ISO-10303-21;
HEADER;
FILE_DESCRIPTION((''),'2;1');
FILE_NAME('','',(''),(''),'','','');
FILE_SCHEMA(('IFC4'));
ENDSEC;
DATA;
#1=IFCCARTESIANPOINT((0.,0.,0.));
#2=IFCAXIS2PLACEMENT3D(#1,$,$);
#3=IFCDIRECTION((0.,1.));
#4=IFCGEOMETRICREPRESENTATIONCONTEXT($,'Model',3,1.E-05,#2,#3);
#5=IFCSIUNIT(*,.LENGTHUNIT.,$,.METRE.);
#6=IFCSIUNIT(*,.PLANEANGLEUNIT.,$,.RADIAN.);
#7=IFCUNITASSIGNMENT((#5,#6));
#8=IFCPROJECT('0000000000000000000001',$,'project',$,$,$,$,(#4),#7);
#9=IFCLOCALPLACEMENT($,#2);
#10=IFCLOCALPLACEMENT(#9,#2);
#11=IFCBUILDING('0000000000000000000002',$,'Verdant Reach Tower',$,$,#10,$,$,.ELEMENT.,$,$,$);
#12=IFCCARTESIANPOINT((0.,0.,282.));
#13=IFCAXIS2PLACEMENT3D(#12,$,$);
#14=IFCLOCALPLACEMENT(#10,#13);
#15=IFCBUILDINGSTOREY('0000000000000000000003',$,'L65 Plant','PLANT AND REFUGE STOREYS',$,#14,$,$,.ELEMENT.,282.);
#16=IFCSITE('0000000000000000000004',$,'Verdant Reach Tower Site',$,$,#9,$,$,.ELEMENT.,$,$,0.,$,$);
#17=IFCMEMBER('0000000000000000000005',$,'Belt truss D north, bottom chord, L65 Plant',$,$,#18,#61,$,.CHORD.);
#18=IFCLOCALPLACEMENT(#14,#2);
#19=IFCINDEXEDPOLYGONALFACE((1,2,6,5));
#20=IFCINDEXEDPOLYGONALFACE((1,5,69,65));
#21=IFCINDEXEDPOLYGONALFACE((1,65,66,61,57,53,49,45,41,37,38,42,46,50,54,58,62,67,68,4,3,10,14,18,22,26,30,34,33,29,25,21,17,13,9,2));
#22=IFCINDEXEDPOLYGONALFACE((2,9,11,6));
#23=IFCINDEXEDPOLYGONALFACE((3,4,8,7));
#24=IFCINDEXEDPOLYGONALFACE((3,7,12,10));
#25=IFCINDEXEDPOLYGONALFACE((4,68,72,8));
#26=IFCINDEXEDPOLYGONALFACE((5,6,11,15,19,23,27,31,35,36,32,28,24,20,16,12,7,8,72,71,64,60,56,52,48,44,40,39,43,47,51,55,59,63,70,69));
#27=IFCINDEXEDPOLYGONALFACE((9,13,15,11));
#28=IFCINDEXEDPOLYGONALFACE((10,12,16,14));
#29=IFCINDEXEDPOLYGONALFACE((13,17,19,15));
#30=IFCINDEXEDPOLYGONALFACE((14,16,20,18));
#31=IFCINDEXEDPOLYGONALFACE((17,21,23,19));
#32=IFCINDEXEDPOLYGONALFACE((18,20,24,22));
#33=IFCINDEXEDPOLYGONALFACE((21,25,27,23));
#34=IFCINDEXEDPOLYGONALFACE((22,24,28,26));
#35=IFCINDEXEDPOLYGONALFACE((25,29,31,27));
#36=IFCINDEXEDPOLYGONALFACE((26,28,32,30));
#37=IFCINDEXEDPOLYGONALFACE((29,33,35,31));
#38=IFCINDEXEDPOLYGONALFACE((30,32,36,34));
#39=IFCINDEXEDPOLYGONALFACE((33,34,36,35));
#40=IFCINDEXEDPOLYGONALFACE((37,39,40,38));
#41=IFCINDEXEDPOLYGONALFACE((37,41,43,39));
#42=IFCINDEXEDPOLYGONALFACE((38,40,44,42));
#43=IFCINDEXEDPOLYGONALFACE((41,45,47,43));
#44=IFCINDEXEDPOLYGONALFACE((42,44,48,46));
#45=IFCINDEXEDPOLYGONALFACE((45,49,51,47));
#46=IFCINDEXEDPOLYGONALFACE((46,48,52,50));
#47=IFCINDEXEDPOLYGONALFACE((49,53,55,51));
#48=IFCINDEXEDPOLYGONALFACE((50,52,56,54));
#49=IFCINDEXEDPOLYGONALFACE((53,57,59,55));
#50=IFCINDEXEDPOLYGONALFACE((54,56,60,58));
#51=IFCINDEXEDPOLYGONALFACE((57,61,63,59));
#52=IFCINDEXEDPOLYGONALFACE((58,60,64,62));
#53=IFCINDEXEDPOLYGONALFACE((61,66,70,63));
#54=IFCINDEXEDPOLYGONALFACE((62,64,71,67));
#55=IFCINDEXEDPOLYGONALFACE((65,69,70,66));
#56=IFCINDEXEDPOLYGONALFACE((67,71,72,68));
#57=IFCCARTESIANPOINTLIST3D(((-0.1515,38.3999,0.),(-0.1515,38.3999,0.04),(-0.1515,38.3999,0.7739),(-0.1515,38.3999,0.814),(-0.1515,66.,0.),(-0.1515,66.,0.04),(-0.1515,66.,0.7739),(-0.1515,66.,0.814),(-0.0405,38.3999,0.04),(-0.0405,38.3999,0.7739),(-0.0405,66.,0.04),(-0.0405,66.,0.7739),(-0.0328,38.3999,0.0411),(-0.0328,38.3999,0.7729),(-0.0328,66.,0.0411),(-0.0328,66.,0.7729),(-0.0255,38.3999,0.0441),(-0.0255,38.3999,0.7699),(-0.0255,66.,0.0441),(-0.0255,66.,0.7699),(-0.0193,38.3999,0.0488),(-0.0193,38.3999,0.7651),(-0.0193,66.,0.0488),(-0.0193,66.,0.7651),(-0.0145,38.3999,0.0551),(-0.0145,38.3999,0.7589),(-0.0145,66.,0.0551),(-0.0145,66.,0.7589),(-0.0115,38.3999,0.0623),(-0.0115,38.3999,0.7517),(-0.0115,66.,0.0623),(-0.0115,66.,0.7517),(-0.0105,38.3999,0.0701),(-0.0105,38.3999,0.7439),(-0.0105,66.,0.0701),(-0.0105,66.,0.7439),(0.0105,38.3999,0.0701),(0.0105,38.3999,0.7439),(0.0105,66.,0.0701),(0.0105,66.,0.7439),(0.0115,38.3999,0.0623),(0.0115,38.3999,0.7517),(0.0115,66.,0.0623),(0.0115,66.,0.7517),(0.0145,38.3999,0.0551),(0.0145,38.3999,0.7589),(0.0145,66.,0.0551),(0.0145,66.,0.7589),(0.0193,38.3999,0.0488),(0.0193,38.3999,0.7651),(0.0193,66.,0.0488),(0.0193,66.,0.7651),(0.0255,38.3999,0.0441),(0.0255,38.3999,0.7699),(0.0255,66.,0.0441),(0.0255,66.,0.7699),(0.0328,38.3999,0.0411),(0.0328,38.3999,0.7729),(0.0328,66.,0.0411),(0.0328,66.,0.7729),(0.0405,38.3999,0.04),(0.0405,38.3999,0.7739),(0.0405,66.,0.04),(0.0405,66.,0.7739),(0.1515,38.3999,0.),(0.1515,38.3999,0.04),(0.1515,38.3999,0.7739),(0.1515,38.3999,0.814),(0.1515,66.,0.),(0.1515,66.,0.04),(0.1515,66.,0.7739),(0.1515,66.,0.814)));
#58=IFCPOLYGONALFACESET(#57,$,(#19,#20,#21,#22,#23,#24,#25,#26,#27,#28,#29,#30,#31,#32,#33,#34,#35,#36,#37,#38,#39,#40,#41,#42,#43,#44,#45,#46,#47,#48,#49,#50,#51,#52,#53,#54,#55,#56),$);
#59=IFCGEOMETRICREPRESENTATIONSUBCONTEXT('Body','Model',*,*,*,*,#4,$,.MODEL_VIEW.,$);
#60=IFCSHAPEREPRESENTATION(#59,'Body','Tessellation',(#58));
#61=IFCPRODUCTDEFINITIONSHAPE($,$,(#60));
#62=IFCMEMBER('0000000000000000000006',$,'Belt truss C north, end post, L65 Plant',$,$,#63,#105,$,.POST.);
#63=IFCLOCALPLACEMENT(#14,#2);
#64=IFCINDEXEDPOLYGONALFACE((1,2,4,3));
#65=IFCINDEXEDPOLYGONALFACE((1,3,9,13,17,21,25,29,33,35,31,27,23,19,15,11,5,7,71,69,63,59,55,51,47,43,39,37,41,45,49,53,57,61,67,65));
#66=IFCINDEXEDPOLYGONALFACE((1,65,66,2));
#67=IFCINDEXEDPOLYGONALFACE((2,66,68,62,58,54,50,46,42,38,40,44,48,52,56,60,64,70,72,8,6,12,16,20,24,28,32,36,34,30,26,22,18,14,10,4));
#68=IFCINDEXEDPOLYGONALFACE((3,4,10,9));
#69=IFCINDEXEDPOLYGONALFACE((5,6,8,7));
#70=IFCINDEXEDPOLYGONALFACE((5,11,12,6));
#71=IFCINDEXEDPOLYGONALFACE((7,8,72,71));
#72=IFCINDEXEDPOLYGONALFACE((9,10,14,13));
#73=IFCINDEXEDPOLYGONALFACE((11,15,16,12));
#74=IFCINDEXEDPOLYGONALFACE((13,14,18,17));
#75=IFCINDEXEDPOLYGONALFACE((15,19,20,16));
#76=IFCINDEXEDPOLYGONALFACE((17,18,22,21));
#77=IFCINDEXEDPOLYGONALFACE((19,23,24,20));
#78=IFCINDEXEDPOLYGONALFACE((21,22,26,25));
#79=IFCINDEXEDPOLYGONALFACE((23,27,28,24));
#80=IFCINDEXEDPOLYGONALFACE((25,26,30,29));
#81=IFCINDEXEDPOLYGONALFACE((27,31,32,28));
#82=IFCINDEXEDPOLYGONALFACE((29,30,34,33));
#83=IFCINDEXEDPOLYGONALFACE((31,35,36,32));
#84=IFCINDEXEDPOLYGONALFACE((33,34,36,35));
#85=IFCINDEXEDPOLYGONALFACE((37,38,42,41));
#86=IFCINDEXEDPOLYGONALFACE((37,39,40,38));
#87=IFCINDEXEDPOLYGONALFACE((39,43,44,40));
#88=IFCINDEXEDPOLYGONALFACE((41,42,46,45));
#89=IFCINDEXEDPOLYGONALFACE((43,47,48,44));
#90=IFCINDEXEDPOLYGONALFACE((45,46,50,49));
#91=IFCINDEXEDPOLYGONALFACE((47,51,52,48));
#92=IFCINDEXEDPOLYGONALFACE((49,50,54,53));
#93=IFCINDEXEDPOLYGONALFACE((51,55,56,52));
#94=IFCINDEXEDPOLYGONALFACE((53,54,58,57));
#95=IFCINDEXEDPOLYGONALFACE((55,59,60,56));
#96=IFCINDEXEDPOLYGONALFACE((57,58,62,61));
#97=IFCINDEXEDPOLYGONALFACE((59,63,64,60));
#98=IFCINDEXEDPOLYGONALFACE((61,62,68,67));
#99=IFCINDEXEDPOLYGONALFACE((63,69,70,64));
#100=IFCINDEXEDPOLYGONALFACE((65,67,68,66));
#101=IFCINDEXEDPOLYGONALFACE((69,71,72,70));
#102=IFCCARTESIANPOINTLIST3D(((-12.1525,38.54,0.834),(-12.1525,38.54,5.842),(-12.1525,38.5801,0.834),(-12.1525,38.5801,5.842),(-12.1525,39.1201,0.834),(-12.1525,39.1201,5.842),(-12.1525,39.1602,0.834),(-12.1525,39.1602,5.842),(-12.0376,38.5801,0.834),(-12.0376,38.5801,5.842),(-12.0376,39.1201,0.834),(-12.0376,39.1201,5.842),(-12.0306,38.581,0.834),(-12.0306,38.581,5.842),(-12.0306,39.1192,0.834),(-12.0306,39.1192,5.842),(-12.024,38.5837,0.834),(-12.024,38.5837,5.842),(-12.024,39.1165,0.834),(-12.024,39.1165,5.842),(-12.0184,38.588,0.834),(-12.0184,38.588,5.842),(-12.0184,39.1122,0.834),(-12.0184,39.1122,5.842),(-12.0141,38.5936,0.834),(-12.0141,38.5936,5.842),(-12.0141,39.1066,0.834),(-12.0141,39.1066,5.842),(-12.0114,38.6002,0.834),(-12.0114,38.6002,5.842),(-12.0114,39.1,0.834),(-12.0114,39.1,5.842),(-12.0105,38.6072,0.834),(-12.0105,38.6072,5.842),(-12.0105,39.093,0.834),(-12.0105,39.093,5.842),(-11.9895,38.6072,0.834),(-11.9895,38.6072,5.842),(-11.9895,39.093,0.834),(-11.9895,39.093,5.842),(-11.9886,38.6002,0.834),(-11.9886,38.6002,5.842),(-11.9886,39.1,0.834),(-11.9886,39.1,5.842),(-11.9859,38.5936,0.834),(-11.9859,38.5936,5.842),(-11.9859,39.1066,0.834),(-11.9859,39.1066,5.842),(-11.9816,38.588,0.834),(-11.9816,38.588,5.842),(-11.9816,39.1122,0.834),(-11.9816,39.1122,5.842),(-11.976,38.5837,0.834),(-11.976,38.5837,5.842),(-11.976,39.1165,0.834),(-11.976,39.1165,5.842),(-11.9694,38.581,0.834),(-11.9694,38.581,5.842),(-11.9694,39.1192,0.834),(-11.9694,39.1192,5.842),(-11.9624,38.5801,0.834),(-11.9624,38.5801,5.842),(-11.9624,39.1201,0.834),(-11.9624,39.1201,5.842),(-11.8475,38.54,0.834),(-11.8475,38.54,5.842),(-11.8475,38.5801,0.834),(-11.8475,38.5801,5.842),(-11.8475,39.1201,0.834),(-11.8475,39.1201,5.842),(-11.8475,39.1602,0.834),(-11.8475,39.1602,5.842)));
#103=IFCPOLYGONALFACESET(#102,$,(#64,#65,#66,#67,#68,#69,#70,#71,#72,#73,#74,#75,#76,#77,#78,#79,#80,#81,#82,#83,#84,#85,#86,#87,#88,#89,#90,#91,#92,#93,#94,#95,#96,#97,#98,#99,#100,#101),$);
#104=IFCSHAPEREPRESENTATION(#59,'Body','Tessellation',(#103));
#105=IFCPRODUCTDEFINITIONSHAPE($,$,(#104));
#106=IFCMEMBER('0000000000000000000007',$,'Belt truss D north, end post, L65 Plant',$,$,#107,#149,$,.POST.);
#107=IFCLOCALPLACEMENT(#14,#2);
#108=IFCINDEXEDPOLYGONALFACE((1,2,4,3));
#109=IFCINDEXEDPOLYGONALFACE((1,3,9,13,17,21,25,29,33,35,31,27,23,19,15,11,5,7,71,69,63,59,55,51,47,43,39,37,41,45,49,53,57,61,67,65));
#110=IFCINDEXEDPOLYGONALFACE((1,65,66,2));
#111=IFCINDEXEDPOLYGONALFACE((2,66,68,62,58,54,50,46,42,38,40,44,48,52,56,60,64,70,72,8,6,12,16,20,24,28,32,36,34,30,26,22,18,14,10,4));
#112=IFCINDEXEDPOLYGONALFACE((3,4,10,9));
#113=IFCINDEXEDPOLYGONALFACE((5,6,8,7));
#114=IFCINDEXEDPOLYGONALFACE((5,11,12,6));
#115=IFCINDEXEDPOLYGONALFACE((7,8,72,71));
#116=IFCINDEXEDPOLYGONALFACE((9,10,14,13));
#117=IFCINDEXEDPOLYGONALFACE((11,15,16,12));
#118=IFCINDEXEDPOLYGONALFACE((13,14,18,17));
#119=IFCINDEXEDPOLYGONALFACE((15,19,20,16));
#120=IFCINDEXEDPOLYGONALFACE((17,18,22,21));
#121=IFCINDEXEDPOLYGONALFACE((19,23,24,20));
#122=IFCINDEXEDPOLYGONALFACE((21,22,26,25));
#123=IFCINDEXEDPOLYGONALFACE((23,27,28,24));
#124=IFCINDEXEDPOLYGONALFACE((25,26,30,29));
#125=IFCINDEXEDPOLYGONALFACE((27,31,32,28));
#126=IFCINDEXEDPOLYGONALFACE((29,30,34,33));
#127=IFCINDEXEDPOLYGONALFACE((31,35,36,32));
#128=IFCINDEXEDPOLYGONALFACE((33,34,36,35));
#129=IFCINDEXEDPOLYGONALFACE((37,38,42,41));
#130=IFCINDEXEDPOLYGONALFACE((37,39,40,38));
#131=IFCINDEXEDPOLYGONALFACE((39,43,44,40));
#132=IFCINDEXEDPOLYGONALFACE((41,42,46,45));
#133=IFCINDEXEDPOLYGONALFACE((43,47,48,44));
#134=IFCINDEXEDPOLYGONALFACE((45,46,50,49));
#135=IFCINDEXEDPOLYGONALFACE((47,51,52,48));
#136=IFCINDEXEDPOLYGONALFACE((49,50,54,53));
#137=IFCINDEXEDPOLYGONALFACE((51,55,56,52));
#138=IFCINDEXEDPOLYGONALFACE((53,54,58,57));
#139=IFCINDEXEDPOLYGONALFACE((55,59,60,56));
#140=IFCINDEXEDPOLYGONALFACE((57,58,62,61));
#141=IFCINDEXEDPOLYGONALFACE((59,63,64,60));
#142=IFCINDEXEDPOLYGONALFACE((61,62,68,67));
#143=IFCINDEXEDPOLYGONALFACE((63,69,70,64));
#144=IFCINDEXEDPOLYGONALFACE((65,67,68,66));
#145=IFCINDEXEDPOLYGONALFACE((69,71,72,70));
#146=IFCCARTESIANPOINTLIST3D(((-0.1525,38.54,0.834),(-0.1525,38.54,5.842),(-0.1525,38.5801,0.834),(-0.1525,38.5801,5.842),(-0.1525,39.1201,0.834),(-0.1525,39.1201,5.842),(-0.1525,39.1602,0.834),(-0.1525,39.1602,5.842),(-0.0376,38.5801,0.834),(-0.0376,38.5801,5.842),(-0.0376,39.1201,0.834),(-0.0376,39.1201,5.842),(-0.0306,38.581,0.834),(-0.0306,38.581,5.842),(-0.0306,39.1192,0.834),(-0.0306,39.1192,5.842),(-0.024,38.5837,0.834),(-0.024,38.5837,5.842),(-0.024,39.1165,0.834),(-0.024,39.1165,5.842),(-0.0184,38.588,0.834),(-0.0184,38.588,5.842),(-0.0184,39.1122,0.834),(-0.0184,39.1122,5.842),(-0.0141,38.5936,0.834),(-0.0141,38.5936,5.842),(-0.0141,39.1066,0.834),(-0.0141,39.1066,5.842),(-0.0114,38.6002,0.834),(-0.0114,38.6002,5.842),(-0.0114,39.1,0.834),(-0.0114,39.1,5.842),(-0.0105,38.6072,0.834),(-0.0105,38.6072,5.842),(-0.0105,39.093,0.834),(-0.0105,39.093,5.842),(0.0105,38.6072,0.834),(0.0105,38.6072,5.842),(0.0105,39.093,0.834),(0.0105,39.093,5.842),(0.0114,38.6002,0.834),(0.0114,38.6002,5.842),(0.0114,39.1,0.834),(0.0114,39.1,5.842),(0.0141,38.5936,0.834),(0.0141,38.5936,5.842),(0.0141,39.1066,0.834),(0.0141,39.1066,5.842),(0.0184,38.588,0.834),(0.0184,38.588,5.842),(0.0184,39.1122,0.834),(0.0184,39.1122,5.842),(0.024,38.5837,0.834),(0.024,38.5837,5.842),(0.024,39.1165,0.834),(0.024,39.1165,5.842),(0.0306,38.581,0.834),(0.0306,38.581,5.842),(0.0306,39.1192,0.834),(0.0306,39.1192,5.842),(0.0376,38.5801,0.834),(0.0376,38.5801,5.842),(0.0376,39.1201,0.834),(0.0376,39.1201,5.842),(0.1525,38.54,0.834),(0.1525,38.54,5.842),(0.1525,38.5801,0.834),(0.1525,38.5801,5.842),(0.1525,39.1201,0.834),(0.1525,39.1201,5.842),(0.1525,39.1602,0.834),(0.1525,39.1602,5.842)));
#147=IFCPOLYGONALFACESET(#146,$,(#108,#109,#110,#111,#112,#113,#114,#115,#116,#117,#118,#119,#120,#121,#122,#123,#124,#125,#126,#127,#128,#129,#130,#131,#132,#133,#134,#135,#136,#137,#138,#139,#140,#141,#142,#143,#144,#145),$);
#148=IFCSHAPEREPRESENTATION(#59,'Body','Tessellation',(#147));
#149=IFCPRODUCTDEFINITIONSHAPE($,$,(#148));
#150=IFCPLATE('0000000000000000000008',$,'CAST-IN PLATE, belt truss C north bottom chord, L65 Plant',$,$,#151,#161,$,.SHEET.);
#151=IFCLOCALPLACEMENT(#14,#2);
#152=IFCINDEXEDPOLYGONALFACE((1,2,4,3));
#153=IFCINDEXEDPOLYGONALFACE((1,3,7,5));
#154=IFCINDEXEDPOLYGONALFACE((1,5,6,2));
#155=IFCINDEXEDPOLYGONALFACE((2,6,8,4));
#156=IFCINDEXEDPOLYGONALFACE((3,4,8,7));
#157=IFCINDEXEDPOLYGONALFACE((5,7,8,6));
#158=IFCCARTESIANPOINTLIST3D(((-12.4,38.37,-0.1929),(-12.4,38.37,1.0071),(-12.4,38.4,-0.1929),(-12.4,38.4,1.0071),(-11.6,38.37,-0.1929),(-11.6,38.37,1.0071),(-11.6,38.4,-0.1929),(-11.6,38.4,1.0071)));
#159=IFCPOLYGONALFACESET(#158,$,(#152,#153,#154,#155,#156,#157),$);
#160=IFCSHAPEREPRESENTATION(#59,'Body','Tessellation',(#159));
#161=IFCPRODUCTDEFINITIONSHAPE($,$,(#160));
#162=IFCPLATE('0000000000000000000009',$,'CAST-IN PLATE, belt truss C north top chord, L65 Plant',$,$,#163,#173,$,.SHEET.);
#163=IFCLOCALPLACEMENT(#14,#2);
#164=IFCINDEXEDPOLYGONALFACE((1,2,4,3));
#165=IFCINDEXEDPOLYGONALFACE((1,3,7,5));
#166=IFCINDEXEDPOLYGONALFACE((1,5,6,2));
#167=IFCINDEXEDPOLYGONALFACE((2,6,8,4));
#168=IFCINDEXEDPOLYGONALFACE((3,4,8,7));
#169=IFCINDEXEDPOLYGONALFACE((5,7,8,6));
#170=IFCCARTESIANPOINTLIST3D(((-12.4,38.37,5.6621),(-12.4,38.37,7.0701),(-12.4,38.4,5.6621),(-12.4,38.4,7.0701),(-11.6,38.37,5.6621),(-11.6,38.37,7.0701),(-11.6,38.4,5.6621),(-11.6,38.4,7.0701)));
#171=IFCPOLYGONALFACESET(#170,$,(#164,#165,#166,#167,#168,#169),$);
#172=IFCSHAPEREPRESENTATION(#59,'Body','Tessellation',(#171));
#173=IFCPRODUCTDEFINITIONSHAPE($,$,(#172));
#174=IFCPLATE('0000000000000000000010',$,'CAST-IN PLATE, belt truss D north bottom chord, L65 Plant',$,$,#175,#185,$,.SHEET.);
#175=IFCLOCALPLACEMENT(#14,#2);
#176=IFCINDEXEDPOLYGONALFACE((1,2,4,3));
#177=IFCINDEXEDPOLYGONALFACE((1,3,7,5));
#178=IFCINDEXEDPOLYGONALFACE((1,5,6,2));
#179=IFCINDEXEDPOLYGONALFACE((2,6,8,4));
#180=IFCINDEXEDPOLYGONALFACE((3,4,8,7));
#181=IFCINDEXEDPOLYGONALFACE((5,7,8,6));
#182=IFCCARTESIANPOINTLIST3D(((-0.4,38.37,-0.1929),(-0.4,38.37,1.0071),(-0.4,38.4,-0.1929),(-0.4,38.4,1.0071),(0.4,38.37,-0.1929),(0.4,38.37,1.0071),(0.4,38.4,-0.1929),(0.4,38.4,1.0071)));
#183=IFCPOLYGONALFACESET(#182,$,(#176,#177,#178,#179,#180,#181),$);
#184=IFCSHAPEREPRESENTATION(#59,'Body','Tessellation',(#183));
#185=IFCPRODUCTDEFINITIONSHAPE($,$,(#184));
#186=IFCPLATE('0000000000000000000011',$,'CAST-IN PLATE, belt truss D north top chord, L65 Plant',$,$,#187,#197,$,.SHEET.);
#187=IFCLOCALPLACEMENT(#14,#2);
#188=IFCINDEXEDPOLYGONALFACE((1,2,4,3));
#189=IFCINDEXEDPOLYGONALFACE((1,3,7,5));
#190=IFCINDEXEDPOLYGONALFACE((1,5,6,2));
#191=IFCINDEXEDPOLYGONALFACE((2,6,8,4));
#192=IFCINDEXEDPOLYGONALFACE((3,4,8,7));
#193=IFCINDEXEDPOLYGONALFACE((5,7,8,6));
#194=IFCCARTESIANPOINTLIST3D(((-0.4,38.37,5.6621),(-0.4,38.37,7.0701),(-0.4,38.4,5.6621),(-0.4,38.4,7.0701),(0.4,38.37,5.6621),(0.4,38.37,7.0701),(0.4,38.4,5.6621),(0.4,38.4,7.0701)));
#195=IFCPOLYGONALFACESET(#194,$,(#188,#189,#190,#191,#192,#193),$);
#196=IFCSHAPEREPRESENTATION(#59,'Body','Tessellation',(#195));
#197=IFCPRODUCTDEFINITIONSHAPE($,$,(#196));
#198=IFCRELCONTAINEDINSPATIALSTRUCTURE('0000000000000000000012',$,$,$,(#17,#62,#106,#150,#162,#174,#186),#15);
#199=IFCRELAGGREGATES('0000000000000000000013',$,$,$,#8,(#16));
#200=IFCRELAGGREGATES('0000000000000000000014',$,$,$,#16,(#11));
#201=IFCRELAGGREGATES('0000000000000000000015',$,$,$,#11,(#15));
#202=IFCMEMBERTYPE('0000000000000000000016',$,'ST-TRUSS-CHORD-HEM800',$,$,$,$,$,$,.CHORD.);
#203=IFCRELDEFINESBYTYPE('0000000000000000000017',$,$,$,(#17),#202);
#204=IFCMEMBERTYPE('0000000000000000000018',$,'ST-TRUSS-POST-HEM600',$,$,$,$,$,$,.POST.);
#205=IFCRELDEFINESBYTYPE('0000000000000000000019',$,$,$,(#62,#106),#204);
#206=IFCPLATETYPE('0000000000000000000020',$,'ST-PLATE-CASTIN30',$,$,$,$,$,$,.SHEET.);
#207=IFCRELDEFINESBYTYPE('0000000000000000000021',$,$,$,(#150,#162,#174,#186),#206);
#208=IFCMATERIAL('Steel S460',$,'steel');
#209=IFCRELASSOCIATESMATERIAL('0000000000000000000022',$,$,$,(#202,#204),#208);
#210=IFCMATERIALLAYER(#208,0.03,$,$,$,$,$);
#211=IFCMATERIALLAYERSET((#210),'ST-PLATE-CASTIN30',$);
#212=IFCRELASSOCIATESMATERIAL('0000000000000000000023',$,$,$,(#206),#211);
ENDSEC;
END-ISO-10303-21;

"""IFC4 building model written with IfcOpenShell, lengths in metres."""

from ifc_helpers import new_model, si_unit, direction, frame, origin, origin_2d, place, context, subcontext, project, spatial, rectangle, i_section, extrude, material, layer, layer_set, material_profile, profile_set, type_object, element, save


model = new_model("IFC4")

# Units and contexts
model_context = context("Model", 3, precision=1e-05, world=origin(), true_north=direction((0.0, 1.0)))
body_context = subcontext(model_context, "Body", "Model", "MODEL_VIEW")
ifc_project = project(units=[si_unit("LENGTHUNIT", "METRE"), si_unit("PLANEANGLEUNIT", "RADIAN")], contexts=[model_context])

# Site, building, storey
site_placement = place(None, origin())
site = spatial("IfcSite", under=ifc_project, at=site_placement, Name="Verdant Reach Tower Site", CompositionType="ELEMENT", RefElevation=0.0)
building_placement = place(site_placement, origin())
building = spatial("IfcBuilding", under=site, at=building_placement, Name="Verdant Reach Tower", CompositionType="ELEMENT")
storey_placement = place(building_placement, frame((0.0, 0.0, 282.0)))
storey = spatial("IfcBuildingStorey", under=building, at=storey_placement, Name="L65 Plant", Description="PLANT AND REFUGE STOREYS", CompositionType="ELEMENT", Elevation=282.0)

# Shared definitions
ifc_material_1 = material(Name="Steel S460", Category="steel")

# Members
ifc_material_profile_1 = material_profile(ifc_material_1, i_section(OverallWidth=0.303, OverallDepth=0.814, WebThickness=0.021, FlangeThickness=0.04, FilletRadius=0.03, at=origin_2d()), Name="HEM 800")
ifc_profile_set_1 = profile_set([ifc_material_profile_1], Name="Steel S460")
member_type_1 = type_object("IfcMemberType", Name="ST-TRUSS-CHORD-HEM800", PredefinedType="CHORD", material=ifc_profile_set_1)
member_1_placement = place(storey_placement, frame((0.0, 38.3999, 0.407), z_axis=(0.0, 1.0, 0.0), x_axis=(-1.0, 0.0, 0.0)))
element("IfcMember", 1, at=member_1_placement, inside=storey, type_object=member_type_1, Name="Belt truss D north, bottom chord, L65 Plant", PredefinedType="CHORD", context=body_context, shape_type="SweptSolid", body=[
    extrude(i_section(OverallWidth=0.303, OverallDepth=0.814, WebThickness=0.021, FlangeThickness=0.04, FilletRadius=0.03, at=origin_2d()), origin(), (0.0, 0.0, 1.0), 27.6001),
])
ifc_material_profile_2 = material_profile(ifc_material_1, i_section(OverallWidth=0.3049, OverallDepth=0.6201, WebThickness=0.021, FlangeThickness=0.04, FilletRadius=0.0271, at=origin_2d()), Name="HEM 600")
ifc_profile_set_2 = profile_set([ifc_material_profile_2], Name="Steel S460")
member_type_2 = type_object("IfcMemberType", Name="ST-TRUSS-POST-HEM600", PredefinedType="POST", material=ifc_profile_set_2)
for number, where, z_axis, x_axis, name in (
    (2, (-12.0, 38.8501, 0.834), (0.0, 0.0, 1.0), (1.0, 0.0, 0.0), "Belt truss C north, end post, L65 Plant"),
    (3, (0.0, 38.8501, 0.834), (0.0, 0.0, 1.0), (1.0, 0.0, 0.0), "Belt truss D north, end post, L65 Plant"),
):
    element("IfcMember", number, at=place(storey_placement, frame(where, z_axis=z_axis, x_axis=x_axis)), inside=storey, type_object=member_type_2, Name=name, PredefinedType="POST", context=body_context, shape_type="SweptSolid", body=[
        extrude(i_section(OverallWidth=0.3049, OverallDepth=0.6201, WebThickness=0.021, FlangeThickness=0.04, FilletRadius=0.0271, at=origin_2d()), origin(), (0.0, 0.0, 1.0), 5.0081),
    ])

# Plates
ifc_layer_1 = layer(ifc_material_1, 0.03)
ifc_layer_set_1 = layer_set([ifc_layer_1], Name="ST-PLATE-CASTIN30")
plate_type_1 = type_object("IfcPlateType", Name="ST-PLATE-CASTIN30", PredefinedType="SHEET", material=ifc_layer_set_1)
plate_1_placement = place(storey_placement, frame((-12.0, 38.385, -0.1929), z_axis=(0.0, 0.0, 1.0), x_axis=(1.0, 0.0, 0.0)))
element("IfcPlate", 4, at=plate_1_placement, inside=storey, type_object=plate_type_1, Name="CAST-IN PLATE, belt truss C north bottom chord, L65 Plant", PredefinedType="SHEET", context=body_context, shape_type="SweptSolid", body=[
    extrude(rectangle(XDim=0.8, YDim=0.03, at=origin_2d()), origin(), (0.0, 0.0, 1.0), 1.2),
])
plate_2_placement = place(storey_placement, frame((-12.0, 38.385, 5.6621), z_axis=(0.0, 0.0, 1.0), x_axis=(1.0, 0.0, 0.0)))
element("IfcPlate", 5, at=plate_2_placement, inside=storey, type_object=plate_type_1, Name="CAST-IN PLATE, belt truss C north top chord, L65 Plant", PredefinedType="SHEET", context=body_context, shape_type="SweptSolid", body=[
    extrude(rectangle(XDim=0.8, YDim=0.03, at=origin_2d()), origin(), (0.0, 0.0, 1.0), 1.408),
])
plate_3_placement = place(storey_placement, frame((0.0, 38.385, -0.1929), z_axis=(0.0, 0.0, 1.0), x_axis=(1.0, 0.0, 0.0)))
element("IfcPlate", 6, at=plate_3_placement, inside=storey, type_object=plate_type_1, Name="CAST-IN PLATE, belt truss D north bottom chord, L65 Plant", PredefinedType="SHEET", context=body_context, shape_type="SweptSolid", body=[
    extrude(rectangle(XDim=0.8, YDim=0.03, at=origin_2d()), origin(), (0.0, 0.0, 1.0), 1.2),
])
plate_4_placement = place(storey_placement, frame((0.0, 38.385, 5.6621), z_axis=(0.0, 0.0, 1.0), x_axis=(1.0, 0.0, 0.0)))
element("IfcPlate", 7, at=plate_4_placement, inside=storey, type_object=plate_type_1, Name="CAST-IN PLATE, belt truss D north top chord, L65 Plant", PredefinedType="SHEET", context=body_context, shape_type="SweptSolid", body=[
    extrude(rectangle(XDim=0.8, YDim=0.03, at=origin_2d()), origin(), (0.0, 0.0, 1.0), 1.408),
])

save(model, "model.ifc")
